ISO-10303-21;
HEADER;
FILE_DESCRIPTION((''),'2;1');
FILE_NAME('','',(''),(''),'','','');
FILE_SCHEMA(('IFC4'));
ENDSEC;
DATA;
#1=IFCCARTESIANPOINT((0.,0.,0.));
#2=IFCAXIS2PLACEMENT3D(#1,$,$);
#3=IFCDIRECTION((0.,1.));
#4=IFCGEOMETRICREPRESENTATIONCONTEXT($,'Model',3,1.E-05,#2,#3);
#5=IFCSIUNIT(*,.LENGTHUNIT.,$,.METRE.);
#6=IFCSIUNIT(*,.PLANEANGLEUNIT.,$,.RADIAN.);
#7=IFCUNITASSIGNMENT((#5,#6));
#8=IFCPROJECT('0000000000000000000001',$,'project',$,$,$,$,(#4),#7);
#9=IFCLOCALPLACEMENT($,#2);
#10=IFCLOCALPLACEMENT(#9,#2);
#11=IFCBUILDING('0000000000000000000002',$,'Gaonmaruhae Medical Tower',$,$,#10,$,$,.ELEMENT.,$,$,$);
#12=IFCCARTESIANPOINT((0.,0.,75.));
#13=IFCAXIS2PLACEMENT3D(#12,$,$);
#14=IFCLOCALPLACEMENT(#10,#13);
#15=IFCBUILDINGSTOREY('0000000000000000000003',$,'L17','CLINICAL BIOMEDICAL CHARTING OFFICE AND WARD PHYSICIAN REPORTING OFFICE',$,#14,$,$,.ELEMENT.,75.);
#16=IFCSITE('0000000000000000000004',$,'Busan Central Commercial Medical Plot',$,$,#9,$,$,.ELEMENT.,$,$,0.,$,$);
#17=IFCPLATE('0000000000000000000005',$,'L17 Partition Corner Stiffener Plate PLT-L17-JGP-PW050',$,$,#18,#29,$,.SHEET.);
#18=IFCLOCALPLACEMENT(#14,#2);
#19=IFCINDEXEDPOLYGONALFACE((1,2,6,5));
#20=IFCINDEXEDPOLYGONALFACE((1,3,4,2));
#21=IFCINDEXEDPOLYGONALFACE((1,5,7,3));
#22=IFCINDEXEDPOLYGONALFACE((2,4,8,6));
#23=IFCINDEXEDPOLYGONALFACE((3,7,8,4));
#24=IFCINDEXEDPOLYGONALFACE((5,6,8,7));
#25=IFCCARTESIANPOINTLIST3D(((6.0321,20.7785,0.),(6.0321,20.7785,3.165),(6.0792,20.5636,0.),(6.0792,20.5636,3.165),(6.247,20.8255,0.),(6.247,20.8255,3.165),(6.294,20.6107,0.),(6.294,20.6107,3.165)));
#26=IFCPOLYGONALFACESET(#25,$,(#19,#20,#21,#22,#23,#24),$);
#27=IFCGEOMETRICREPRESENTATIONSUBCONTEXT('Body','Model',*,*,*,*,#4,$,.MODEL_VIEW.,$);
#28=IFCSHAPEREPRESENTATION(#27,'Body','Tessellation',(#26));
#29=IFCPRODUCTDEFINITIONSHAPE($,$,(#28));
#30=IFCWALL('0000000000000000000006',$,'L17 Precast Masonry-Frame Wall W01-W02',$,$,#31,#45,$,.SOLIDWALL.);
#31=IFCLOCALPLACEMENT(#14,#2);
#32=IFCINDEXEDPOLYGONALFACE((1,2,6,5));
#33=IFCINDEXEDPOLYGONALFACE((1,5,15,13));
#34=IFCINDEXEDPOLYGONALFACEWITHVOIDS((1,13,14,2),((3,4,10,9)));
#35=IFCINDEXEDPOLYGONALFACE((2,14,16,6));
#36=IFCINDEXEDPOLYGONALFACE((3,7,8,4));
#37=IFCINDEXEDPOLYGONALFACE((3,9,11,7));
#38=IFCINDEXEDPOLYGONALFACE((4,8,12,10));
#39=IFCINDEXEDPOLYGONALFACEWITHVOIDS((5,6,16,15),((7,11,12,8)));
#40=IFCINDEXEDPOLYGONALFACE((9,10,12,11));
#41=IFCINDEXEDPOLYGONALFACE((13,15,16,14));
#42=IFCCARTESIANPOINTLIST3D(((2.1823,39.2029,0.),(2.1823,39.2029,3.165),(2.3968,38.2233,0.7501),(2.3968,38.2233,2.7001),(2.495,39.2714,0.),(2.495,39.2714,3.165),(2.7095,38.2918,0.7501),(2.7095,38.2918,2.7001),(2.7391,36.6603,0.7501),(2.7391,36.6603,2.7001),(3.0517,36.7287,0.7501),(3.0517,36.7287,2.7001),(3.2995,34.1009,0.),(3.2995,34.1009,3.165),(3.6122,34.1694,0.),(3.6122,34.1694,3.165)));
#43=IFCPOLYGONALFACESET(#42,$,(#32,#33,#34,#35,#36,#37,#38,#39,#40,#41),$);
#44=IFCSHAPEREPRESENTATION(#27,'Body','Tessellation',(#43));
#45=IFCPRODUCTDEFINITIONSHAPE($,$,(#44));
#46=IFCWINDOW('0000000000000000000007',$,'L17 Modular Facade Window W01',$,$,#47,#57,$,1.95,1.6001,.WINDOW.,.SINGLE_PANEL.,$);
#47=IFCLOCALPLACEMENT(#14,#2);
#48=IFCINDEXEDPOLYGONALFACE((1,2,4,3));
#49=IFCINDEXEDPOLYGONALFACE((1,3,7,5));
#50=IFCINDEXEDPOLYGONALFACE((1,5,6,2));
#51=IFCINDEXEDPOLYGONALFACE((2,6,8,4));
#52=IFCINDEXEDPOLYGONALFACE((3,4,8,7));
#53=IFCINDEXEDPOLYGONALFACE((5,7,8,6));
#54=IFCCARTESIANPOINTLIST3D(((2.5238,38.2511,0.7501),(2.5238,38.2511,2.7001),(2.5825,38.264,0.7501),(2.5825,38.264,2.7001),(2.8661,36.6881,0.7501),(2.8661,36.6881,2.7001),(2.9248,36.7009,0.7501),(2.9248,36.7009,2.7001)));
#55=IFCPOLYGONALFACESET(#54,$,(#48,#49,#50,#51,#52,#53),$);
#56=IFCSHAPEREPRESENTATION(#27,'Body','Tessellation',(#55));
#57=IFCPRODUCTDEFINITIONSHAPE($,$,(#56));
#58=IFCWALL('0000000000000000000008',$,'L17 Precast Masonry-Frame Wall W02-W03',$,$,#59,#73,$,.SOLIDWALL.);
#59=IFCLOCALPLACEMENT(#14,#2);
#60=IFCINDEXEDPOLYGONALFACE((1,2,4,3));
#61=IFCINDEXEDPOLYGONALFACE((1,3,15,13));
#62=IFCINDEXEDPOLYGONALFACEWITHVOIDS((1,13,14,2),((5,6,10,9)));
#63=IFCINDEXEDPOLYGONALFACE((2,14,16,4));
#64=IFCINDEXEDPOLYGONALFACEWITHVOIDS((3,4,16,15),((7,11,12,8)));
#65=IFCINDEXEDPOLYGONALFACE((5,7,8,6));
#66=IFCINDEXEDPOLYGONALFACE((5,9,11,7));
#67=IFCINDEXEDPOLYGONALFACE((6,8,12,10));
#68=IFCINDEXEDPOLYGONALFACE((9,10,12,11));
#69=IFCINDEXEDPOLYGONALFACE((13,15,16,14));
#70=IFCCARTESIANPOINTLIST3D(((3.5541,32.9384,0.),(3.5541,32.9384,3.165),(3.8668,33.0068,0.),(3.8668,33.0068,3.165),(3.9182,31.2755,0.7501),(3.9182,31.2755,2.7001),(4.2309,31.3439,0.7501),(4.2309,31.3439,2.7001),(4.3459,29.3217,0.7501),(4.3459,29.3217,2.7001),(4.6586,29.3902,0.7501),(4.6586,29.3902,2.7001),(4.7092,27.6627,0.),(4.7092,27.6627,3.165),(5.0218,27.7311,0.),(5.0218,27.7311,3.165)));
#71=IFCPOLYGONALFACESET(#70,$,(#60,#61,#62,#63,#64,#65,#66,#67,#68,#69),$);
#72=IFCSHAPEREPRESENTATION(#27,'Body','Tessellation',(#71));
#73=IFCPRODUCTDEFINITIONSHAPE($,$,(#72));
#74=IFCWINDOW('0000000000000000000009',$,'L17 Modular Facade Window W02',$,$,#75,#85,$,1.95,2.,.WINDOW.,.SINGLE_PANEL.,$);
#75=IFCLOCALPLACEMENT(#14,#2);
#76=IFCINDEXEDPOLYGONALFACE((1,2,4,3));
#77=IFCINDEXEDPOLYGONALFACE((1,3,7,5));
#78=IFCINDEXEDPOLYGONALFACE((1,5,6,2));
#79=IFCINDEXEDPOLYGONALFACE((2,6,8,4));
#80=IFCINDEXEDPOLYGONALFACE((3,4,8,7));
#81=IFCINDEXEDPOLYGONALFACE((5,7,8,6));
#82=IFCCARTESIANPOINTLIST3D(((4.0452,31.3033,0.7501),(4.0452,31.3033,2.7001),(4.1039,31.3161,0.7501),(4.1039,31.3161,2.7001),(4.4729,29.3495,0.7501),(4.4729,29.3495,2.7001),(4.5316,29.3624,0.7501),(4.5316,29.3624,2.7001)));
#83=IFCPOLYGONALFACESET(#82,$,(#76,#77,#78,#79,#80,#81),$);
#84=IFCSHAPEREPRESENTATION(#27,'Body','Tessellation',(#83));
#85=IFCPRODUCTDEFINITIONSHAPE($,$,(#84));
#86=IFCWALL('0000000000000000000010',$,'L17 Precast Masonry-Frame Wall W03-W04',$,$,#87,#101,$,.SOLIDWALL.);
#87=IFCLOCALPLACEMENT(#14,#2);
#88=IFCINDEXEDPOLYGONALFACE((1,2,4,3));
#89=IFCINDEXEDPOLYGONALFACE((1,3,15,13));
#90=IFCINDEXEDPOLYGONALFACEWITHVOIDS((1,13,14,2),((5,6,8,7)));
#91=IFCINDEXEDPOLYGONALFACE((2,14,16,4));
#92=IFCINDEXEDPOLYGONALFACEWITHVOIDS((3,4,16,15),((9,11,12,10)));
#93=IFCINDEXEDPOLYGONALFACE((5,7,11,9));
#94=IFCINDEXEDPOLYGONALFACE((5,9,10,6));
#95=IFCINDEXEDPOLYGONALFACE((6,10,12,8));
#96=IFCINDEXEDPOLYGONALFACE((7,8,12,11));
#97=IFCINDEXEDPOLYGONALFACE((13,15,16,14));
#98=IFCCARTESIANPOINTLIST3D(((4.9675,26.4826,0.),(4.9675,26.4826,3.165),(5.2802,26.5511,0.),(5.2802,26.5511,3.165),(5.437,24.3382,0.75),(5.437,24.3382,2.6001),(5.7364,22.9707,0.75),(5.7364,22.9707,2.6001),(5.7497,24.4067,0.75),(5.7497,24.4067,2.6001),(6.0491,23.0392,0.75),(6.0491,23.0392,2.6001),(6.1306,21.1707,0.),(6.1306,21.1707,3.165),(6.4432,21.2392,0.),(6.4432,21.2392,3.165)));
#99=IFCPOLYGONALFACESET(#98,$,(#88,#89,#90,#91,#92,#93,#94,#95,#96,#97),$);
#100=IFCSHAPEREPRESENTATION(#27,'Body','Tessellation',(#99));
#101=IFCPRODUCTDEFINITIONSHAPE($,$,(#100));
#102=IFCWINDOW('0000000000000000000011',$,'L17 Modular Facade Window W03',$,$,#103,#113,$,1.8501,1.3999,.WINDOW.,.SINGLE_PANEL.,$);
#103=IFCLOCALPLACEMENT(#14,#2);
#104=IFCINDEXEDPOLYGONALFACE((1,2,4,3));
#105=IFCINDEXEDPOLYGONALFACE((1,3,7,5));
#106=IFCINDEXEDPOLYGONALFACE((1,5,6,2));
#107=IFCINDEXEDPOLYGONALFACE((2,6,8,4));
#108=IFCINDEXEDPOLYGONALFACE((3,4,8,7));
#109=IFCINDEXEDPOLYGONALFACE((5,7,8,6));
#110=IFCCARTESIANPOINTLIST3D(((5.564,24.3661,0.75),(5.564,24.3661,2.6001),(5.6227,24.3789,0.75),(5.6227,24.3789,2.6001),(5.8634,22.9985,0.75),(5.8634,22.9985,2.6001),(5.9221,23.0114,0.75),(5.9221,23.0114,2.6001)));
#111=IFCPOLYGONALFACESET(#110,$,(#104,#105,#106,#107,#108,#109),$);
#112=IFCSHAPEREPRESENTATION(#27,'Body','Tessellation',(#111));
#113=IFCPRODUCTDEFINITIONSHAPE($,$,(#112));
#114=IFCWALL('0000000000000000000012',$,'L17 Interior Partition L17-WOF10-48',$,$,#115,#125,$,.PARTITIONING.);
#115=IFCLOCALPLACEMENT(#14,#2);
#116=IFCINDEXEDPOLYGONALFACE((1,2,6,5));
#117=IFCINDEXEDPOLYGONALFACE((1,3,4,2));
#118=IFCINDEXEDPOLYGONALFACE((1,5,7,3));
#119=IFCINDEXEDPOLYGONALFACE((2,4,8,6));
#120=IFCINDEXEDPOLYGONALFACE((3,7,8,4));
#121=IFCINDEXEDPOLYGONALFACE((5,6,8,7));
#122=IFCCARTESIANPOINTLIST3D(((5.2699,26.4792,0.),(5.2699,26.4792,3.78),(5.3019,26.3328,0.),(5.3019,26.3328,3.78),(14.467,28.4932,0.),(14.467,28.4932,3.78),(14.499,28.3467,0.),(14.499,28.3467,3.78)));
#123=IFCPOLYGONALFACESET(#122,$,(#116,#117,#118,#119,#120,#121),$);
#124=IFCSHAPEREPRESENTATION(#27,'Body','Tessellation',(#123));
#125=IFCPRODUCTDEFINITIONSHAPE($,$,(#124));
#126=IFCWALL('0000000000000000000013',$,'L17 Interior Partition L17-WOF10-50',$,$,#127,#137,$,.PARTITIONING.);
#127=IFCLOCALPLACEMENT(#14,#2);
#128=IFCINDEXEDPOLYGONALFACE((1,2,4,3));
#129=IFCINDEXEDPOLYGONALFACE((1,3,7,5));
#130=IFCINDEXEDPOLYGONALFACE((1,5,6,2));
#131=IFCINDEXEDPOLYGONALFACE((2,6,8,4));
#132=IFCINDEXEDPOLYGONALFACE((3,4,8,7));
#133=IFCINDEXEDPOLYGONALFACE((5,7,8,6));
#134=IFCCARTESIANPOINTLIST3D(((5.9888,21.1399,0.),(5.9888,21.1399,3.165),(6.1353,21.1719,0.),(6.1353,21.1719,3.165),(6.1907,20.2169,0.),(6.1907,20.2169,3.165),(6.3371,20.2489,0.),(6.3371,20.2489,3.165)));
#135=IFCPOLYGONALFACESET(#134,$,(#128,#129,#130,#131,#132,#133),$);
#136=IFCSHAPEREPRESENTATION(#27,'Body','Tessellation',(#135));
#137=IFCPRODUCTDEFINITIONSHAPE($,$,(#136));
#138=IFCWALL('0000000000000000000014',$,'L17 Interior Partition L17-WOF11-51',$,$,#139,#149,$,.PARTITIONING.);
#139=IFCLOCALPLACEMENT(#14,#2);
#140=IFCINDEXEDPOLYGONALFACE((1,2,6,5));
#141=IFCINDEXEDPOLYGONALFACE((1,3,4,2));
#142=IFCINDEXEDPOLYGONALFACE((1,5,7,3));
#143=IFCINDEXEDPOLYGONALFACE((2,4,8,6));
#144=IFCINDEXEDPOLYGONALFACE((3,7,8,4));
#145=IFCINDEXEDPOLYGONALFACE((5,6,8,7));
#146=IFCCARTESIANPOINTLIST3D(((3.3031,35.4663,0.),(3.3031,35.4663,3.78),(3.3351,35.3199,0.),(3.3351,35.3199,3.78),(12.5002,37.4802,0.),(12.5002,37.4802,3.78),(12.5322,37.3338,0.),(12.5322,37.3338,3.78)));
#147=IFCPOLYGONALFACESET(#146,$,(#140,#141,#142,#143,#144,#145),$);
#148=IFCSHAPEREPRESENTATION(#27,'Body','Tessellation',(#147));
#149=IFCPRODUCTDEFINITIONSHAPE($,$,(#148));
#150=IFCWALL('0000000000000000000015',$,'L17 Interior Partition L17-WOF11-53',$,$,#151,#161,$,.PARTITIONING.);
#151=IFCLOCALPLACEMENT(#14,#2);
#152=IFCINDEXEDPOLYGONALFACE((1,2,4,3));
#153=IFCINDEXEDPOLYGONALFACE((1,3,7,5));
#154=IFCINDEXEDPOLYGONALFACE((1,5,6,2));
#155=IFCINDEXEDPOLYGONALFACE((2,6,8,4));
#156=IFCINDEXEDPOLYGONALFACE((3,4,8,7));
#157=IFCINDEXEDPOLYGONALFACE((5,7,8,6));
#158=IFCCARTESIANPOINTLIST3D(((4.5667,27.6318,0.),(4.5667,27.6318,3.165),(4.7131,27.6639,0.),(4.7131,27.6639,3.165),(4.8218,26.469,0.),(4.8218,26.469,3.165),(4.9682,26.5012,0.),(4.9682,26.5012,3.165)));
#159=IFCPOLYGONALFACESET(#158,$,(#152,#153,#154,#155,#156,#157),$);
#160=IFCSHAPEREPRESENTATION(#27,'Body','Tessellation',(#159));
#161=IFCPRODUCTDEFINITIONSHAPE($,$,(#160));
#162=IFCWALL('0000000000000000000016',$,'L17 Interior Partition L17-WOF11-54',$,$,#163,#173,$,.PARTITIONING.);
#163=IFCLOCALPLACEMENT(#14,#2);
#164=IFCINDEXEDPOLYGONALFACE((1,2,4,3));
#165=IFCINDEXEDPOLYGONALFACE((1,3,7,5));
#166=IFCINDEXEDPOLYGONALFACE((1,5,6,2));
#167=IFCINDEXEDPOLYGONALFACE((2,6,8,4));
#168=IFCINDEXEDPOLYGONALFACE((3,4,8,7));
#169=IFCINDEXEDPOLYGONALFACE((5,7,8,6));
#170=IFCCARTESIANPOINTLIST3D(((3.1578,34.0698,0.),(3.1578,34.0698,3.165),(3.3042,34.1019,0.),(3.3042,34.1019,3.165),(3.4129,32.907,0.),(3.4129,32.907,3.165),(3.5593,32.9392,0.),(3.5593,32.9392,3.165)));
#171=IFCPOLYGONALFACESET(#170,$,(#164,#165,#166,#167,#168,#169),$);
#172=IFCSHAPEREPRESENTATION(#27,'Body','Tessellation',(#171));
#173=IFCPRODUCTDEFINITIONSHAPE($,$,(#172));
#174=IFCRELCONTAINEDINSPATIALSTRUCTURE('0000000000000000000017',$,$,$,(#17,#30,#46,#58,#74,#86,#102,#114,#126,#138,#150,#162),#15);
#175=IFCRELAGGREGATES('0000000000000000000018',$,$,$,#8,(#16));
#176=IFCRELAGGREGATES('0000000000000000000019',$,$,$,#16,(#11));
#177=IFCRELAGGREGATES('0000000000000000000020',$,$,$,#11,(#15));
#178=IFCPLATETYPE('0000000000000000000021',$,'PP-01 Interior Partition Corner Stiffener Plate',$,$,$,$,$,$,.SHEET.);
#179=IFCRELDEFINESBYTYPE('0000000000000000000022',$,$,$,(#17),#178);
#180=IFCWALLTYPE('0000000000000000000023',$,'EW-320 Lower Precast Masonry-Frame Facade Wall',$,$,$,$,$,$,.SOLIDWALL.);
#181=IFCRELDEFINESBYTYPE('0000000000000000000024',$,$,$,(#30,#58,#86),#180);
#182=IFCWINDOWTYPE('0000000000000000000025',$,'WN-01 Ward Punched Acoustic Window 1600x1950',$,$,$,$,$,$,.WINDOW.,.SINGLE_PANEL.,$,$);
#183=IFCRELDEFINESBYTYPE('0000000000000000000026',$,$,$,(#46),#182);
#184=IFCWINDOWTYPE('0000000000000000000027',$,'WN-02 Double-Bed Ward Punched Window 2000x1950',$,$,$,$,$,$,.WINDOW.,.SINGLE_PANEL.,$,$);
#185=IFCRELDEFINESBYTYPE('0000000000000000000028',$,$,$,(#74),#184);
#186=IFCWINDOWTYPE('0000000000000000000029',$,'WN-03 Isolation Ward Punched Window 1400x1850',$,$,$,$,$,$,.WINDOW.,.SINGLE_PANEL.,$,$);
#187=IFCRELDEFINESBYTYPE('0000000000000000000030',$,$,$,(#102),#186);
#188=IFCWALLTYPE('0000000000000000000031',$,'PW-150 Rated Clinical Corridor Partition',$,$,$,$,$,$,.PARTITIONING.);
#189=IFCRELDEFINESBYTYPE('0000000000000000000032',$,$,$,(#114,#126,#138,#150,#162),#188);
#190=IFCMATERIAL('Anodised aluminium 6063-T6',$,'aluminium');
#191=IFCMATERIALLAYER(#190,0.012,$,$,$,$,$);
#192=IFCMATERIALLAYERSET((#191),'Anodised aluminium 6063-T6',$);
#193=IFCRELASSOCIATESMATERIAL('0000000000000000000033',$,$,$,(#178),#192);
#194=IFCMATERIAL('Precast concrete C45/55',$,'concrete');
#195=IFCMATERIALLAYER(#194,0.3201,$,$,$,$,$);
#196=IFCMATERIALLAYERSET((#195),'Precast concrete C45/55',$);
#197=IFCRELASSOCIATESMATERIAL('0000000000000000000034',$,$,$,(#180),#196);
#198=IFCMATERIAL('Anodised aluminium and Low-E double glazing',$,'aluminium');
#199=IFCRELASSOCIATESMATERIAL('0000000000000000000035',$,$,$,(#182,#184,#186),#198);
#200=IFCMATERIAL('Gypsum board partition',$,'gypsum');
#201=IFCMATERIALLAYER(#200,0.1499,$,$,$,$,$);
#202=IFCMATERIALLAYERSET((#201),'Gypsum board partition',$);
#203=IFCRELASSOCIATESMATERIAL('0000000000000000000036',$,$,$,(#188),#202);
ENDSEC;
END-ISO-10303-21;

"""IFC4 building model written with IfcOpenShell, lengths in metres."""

from ifc_helpers import new_model, si_unit, direction, frame, frame_2d, origin, origin_2d, place, context, subcontext, project, spatial, rectangle, extrude, material, layer, layer_set, type_object, element, fill, save


model = new_model("IFC4")

# Units and contexts
model_context = context("Model", 3, precision=1e-05, world=origin(), true_north=direction((0.0, 1.0)))
body_context = subcontext(model_context, "Body", "Model", "MODEL_VIEW")
ifc_project = project(units=[si_unit("LENGTHUNIT", "METRE"), si_unit("PLANEANGLEUNIT", "RADIAN")], contexts=[model_context])

# Site, building, storey
site_placement = place(None, origin())
site = spatial("IfcSite", under=ifc_project, at=site_placement, Name="Busan Central Commercial Medical Plot", CompositionType="ELEMENT", RefElevation=0.0)
building_placement = place(site_placement, origin())
building = spatial("IfcBuilding", under=site, at=building_placement, Name="Gaonmaruhae Medical Tower", CompositionType="ELEMENT")
storey_placement = place(building_placement, frame((0.0, 0.0, 75.0)))
storey = spatial("IfcBuildingStorey", under=building, at=storey_placement, Name="L17", Description="CLINICAL BIOMEDICAL CHARTING OFFICE AND WARD PHYSICIAN REPORTING OFFICE", CompositionType="ELEMENT", Elevation=75.0)

# Plate
ifc_material_1 = material(Name="Anodised aluminium 6063-T6", Category="aluminium")
ifc_layer_1 = layer(ifc_material_1, 0.012)
ifc_layer_set_1 = layer_set([ifc_layer_1], Name="Anodised aluminium 6063-T6")
plate_type = type_object("IfcPlateType", Name="PP-01 Interior Partition Corner Stiffener Plate", PredefinedType="SHEET", material=ifc_layer_set_1)
plate_placement = place(storey_placement, frame((6.1631, 20.6946, 0.0), z_axis=(0.0, 0.0, 1.0), x_axis=(-0.213798, 0.976878, 0.0)))
element("IfcPlate", 1, at=plate_placement, inside=storey, type_object=plate_type, Name="L17 Partition Corner Stiffener Plate PLT-L17-JGP-PW050", PredefinedType="SHEET", context=body_context, shape_type="SweptSolid", body=[
    extrude(rectangle(XDim=0.22, YDim=0.22, at=origin_2d()), origin(), (0.0, 0.0, 1.0), 3.165),
])

# Walls, openings, windows
ifc_material_2 = material(Name="Precast concrete C45/55", Category="concrete")
ifc_layer_2 = layer(ifc_material_2, 0.3201)
ifc_layer_set_2 = layer_set([ifc_layer_2], Name="Precast concrete C45/55")
wall_type_1 = type_object("IfcWallType", Name="EW-320 Lower Precast Masonry-Frame Facade Wall", PredefinedType="SOLIDWALL", material=ifc_layer_set_2)
wall_1_placement = place(storey_placement, frame((3.4558, 34.1353, 0.0), z_axis=(0.0, 0.0, 1.0), x_axis=(-0.2139, 0.976855, 0.0)))
wall_1 = element("IfcWall", 2, at=wall_1_placement, inside=storey, type_object=wall_type_1, Name="L17 Precast Masonry-Frame Wall W01-W02", PredefinedType="SOLIDWALL", context=body_context, shape_type="SweptSolid", body=[
    extrude(rectangle(XDim=5.2229, YDim=0.3201, at=frame_2d((2.6113, 0.0))), origin(), (0.0, 0.0, 1.0), 3.165),
])
opening_1_placement = place(wall_1_placement, frame((2.6199, 0.0, 0.75)))
opening_1 = element("IfcOpeningElement", 3, at=opening_1_placement, cuts=wall_1, PredefinedType="OPENING", context=body_context, shape_type="SweptSolid", body=[
    extrude(rectangle(XDim=1.6001, YDim=1.95, at=frame_2d((0.8, 0.9751))), frame((0.0, 0.1699, 0.0), z_axis=(0.0, -1.0, 0.0), x_axis=(1.0, 0.0, 0.0)), (0.0, 0.0, 1.0), 0.3401),
])
ifc_material_3 = material(Name="Anodised aluminium and Low-E double glazing", Category="aluminium")
window_type_1 = type_object("IfcWindowType", Name="WN-01 Ward Punched Acoustic Window 1600x1950", PartitioningType="SINGLE_PANEL", PredefinedType="WINDOW", material=ifc_material_3)
window_1_placement = place(opening_1_placement, origin())
window_1 = element("IfcWindow", 4, at=window_1_placement, inside=storey, type_object=window_type_1, Name="L17 Modular Facade Window W01", OverallHeight=1.95, OverallWidth=1.6001, PartitioningType="SINGLE_PANEL", PredefinedType="WINDOW", context=body_context, shape_type="SweptSolid", body=[
    extrude(rectangle(XDim=1.6001, YDim=1.95, at=frame_2d((0.8, 0.9751))), frame((0.0, 0.03, 0.0), z_axis=(0.0, -1.0, 0.0), x_axis=(1.0, 0.0, 0.0)), (0.0, 0.0, 1.0), 0.0601),
])
fill(opening_1, window_1)
wall_2_placement = place(storey_placement, frame((4.8655, 27.697, 0.0), z_axis=(0.0, 0.0, 1.0), x_axis=(-0.213871, 0.976862, 0.0)))
wall_2 = element("IfcWall", 5, at=wall_2_placement, inside=storey, type_object=wall_type_1, Name="L17 Precast Masonry-Frame Wall W02-W03", PredefinedType="SOLIDWALL", context=body_context, shape_type="SweptSolid", body=[
    extrude(rectangle(XDim=5.4006, YDim=0.3201, at=frame_2d((2.7002, 0.0))), origin(), (0.0, 0.0, 1.0), 3.165),
])
opening_2_placement = place(wall_2_placement, frame((1.6982, 0.0, 0.75)))
opening_2 = element("IfcOpeningElement", 6, at=opening_2_placement, cuts=wall_2, PredefinedType="OPENING", context=body_context, shape_type="SweptSolid", body=[
    extrude(rectangle(XDim=2.0, YDim=1.95, at=frame_2d((1.0, 0.9751))), frame((0.0, 0.1699, 0.0), z_axis=(0.0, -1.0, 0.0), x_axis=(1.0, 0.0, 0.0)), (0.0, 0.0, 1.0), 0.3401),
])
window_type_2 = type_object("IfcWindowType", Name="WN-02 Double-Bed Ward Punched Window 2000x1950", PartitioningType="SINGLE_PANEL", PredefinedType="WINDOW", material=ifc_material_3)
window_2_placement = place(opening_2_placement, origin())
window_2 = element("IfcWindow", 7, at=window_2_placement, inside=storey, type_object=window_type_2, Name="L17 Modular Facade Window W02", OverallHeight=1.95, OverallWidth=2.0, PartitioningType="SINGLE_PANEL", PredefinedType="WINDOW", context=body_context, shape_type="SweptSolid", body=[
    extrude(rectangle(XDim=2.0, YDim=1.95, at=frame_2d((1.0, 0.9751))), frame((0.0, 0.03, 0.0), z_axis=(0.0, -1.0, 0.0), x_axis=(1.0, 0.0, 0.0)), (0.0, 0.0, 1.0), 0.0601),
])
fill(opening_2, window_2)
wall_3_placement = place(storey_placement, frame((6.2869, 21.2051, 0.0), z_axis=(0.0, 0.0, 1.0), x_axis=(-0.213887, 0.976858, 0.0)))
wall_3 = element("IfcWall", 8, at=wall_3_placement, inside=storey, type_object=wall_type_1, Name="L17 Precast Masonry-Frame Wall W03-W04", PredefinedType="SOLIDWALL", context=body_context, shape_type="SweptSolid", body=[
    extrude(rectangle(XDim=5.4377, YDim=0.3201, at=frame_2d((2.7188, 0.0))), origin(), (0.0, 0.0, 1.0), 3.165),
])
opening_3_placement = place(wall_3_placement, frame((1.8425, 0.0, 0.75)))
opening_3 = element("IfcOpeningElement", 9, at=opening_3_placement, cuts=wall_3, PredefinedType="OPENING", context=body_context, shape_type="SweptSolid", body=[
    extrude(rectangle(XDim=1.3999, YDim=1.8501, at=frame_2d((0.7, 0.925))), frame((0.0, 0.1699, 0.0), z_axis=(0.0, -1.0, 0.0), x_axis=(1.0, 0.0, 0.0)), (0.0, 0.0, 1.0), 0.3401),
])
window_type_3 = type_object("IfcWindowType", Name="WN-03 Isolation Ward Punched Window 1400x1850", PartitioningType="SINGLE_PANEL", PredefinedType="WINDOW", material=ifc_material_3)
window_3_placement = place(opening_3_placement, origin())
window_3 = element("IfcWindow", 10, at=window_3_placement, inside=storey, type_object=window_type_3, Name="L17 Modular Facade Window W03", OverallHeight=1.8501, OverallWidth=1.3999, PartitioningType="SINGLE_PANEL", PredefinedType="WINDOW", context=body_context, shape_type="SweptSolid", body=[
    extrude(rectangle(XDim=1.3999, YDim=1.8501, at=frame_2d((0.7, 0.925))), frame((0.0, 0.03, 0.0), z_axis=(0.0, -1.0, 0.0), x_axis=(1.0, 0.0, 0.0)), (0.0, 0.0, 1.0), 0.0601),
])
fill(opening_3, window_3)

# Walls
ifc_material_4 = material(Name="Gypsum board partition", Category="gypsum")
ifc_layer_3 = layer(ifc_material_4, 0.1499)
ifc_layer_set_3 = layer_set([ifc_layer_3], Name="Gypsum board partition")
wall_type_2 = type_object("IfcWallType", Name="PW-150 Rated Clinical Corridor Partition", PredefinedType="PARTITIONING", material=ifc_layer_set_3)
wall_4_placement = place(storey_placement, frame((5.2859, 26.406, 0.0), z_axis=(0.0, 0.0, 1.0), x_axis=(0.976854, 0.213906, 0.0)))
element("IfcWall", 11, at=wall_4_placement, inside=storey, type_object=wall_type_2, Name="L17 Interior Partition L17-WOF10-48", PredefinedType="PARTITIONING", context=body_context, shape_type="SweptSolid", body=[
    extrude(rectangle(XDim=9.415, YDim=0.1499, at=frame_2d((4.7075, 0.0))), origin(), (0.0, 0.0, 1.0), 3.78),
])
wall_5_placement = place(storey_placement, frame((6.2639, 20.2329, 0.0), z_axis=(0.0, 0.0, 1.0), x_axis=(-0.213674, 0.976905, 0.0)))
element("IfcWall", 12, at=wall_5_placement, inside=storey, type_object=wall_type_2, Name="L17 Interior Partition L17-WOF10-50", PredefinedType="PARTITIONING", context=body_context, shape_type="SweptSolid", body=[
    extrude(rectangle(XDim=0.9448, YDim=0.1499, at=frame_2d((0.4724, 0.0))), origin(), (0.0, 0.0, 1.0), 3.165),
])
wall_6_placement = place(storey_placement, frame((3.3191, 35.3931, 0.0), z_axis=(0.0, 0.0, 1.0), x_axis=(0.976854, 0.213906, 0.0)))
element("IfcWall", 13, at=wall_6_placement, inside=storey, type_object=wall_type_2, Name="L17 Interior Partition L17-WOF11-51", PredefinedType="PARTITIONING", context=body_context, shape_type="SweptSolid", body=[
    extrude(rectangle(XDim=9.415, YDim=0.1499, at=frame_2d((4.7075, 0.0))), origin(), (0.0, 0.0, 1.0), 3.78),
])
for number, where, z_axis, x_axis, name in (
    (14, (4.895, 26.4851, 0.0), (0.0, 0.0, 1.0), (-0.214302, 0.976767, 0.0), "L17 Interior Partition L17-WOF11-53"),
    (15, (3.4861, 32.9231, 0.0), (0.0, 0.0, 1.0), (-0.214302, 0.976767, 0.0), "L17 Interior Partition L17-WOF11-54"),
):
    element("IfcWall", number, at=place(storey_placement, frame(where, z_axis=z_axis, x_axis=x_axis)), inside=storey, type_object=wall_type_2, Name=name, PredefinedType="PARTITIONING", context=body_context, shape_type="SweptSolid", body=[
        extrude(rectangle(XDim=1.1904, YDim=0.1499, at=frame_2d((0.5952, 0.0))), origin(), (0.0, 0.0, 1.0), 3.165),
    ])

save(model, "model.ifc")
